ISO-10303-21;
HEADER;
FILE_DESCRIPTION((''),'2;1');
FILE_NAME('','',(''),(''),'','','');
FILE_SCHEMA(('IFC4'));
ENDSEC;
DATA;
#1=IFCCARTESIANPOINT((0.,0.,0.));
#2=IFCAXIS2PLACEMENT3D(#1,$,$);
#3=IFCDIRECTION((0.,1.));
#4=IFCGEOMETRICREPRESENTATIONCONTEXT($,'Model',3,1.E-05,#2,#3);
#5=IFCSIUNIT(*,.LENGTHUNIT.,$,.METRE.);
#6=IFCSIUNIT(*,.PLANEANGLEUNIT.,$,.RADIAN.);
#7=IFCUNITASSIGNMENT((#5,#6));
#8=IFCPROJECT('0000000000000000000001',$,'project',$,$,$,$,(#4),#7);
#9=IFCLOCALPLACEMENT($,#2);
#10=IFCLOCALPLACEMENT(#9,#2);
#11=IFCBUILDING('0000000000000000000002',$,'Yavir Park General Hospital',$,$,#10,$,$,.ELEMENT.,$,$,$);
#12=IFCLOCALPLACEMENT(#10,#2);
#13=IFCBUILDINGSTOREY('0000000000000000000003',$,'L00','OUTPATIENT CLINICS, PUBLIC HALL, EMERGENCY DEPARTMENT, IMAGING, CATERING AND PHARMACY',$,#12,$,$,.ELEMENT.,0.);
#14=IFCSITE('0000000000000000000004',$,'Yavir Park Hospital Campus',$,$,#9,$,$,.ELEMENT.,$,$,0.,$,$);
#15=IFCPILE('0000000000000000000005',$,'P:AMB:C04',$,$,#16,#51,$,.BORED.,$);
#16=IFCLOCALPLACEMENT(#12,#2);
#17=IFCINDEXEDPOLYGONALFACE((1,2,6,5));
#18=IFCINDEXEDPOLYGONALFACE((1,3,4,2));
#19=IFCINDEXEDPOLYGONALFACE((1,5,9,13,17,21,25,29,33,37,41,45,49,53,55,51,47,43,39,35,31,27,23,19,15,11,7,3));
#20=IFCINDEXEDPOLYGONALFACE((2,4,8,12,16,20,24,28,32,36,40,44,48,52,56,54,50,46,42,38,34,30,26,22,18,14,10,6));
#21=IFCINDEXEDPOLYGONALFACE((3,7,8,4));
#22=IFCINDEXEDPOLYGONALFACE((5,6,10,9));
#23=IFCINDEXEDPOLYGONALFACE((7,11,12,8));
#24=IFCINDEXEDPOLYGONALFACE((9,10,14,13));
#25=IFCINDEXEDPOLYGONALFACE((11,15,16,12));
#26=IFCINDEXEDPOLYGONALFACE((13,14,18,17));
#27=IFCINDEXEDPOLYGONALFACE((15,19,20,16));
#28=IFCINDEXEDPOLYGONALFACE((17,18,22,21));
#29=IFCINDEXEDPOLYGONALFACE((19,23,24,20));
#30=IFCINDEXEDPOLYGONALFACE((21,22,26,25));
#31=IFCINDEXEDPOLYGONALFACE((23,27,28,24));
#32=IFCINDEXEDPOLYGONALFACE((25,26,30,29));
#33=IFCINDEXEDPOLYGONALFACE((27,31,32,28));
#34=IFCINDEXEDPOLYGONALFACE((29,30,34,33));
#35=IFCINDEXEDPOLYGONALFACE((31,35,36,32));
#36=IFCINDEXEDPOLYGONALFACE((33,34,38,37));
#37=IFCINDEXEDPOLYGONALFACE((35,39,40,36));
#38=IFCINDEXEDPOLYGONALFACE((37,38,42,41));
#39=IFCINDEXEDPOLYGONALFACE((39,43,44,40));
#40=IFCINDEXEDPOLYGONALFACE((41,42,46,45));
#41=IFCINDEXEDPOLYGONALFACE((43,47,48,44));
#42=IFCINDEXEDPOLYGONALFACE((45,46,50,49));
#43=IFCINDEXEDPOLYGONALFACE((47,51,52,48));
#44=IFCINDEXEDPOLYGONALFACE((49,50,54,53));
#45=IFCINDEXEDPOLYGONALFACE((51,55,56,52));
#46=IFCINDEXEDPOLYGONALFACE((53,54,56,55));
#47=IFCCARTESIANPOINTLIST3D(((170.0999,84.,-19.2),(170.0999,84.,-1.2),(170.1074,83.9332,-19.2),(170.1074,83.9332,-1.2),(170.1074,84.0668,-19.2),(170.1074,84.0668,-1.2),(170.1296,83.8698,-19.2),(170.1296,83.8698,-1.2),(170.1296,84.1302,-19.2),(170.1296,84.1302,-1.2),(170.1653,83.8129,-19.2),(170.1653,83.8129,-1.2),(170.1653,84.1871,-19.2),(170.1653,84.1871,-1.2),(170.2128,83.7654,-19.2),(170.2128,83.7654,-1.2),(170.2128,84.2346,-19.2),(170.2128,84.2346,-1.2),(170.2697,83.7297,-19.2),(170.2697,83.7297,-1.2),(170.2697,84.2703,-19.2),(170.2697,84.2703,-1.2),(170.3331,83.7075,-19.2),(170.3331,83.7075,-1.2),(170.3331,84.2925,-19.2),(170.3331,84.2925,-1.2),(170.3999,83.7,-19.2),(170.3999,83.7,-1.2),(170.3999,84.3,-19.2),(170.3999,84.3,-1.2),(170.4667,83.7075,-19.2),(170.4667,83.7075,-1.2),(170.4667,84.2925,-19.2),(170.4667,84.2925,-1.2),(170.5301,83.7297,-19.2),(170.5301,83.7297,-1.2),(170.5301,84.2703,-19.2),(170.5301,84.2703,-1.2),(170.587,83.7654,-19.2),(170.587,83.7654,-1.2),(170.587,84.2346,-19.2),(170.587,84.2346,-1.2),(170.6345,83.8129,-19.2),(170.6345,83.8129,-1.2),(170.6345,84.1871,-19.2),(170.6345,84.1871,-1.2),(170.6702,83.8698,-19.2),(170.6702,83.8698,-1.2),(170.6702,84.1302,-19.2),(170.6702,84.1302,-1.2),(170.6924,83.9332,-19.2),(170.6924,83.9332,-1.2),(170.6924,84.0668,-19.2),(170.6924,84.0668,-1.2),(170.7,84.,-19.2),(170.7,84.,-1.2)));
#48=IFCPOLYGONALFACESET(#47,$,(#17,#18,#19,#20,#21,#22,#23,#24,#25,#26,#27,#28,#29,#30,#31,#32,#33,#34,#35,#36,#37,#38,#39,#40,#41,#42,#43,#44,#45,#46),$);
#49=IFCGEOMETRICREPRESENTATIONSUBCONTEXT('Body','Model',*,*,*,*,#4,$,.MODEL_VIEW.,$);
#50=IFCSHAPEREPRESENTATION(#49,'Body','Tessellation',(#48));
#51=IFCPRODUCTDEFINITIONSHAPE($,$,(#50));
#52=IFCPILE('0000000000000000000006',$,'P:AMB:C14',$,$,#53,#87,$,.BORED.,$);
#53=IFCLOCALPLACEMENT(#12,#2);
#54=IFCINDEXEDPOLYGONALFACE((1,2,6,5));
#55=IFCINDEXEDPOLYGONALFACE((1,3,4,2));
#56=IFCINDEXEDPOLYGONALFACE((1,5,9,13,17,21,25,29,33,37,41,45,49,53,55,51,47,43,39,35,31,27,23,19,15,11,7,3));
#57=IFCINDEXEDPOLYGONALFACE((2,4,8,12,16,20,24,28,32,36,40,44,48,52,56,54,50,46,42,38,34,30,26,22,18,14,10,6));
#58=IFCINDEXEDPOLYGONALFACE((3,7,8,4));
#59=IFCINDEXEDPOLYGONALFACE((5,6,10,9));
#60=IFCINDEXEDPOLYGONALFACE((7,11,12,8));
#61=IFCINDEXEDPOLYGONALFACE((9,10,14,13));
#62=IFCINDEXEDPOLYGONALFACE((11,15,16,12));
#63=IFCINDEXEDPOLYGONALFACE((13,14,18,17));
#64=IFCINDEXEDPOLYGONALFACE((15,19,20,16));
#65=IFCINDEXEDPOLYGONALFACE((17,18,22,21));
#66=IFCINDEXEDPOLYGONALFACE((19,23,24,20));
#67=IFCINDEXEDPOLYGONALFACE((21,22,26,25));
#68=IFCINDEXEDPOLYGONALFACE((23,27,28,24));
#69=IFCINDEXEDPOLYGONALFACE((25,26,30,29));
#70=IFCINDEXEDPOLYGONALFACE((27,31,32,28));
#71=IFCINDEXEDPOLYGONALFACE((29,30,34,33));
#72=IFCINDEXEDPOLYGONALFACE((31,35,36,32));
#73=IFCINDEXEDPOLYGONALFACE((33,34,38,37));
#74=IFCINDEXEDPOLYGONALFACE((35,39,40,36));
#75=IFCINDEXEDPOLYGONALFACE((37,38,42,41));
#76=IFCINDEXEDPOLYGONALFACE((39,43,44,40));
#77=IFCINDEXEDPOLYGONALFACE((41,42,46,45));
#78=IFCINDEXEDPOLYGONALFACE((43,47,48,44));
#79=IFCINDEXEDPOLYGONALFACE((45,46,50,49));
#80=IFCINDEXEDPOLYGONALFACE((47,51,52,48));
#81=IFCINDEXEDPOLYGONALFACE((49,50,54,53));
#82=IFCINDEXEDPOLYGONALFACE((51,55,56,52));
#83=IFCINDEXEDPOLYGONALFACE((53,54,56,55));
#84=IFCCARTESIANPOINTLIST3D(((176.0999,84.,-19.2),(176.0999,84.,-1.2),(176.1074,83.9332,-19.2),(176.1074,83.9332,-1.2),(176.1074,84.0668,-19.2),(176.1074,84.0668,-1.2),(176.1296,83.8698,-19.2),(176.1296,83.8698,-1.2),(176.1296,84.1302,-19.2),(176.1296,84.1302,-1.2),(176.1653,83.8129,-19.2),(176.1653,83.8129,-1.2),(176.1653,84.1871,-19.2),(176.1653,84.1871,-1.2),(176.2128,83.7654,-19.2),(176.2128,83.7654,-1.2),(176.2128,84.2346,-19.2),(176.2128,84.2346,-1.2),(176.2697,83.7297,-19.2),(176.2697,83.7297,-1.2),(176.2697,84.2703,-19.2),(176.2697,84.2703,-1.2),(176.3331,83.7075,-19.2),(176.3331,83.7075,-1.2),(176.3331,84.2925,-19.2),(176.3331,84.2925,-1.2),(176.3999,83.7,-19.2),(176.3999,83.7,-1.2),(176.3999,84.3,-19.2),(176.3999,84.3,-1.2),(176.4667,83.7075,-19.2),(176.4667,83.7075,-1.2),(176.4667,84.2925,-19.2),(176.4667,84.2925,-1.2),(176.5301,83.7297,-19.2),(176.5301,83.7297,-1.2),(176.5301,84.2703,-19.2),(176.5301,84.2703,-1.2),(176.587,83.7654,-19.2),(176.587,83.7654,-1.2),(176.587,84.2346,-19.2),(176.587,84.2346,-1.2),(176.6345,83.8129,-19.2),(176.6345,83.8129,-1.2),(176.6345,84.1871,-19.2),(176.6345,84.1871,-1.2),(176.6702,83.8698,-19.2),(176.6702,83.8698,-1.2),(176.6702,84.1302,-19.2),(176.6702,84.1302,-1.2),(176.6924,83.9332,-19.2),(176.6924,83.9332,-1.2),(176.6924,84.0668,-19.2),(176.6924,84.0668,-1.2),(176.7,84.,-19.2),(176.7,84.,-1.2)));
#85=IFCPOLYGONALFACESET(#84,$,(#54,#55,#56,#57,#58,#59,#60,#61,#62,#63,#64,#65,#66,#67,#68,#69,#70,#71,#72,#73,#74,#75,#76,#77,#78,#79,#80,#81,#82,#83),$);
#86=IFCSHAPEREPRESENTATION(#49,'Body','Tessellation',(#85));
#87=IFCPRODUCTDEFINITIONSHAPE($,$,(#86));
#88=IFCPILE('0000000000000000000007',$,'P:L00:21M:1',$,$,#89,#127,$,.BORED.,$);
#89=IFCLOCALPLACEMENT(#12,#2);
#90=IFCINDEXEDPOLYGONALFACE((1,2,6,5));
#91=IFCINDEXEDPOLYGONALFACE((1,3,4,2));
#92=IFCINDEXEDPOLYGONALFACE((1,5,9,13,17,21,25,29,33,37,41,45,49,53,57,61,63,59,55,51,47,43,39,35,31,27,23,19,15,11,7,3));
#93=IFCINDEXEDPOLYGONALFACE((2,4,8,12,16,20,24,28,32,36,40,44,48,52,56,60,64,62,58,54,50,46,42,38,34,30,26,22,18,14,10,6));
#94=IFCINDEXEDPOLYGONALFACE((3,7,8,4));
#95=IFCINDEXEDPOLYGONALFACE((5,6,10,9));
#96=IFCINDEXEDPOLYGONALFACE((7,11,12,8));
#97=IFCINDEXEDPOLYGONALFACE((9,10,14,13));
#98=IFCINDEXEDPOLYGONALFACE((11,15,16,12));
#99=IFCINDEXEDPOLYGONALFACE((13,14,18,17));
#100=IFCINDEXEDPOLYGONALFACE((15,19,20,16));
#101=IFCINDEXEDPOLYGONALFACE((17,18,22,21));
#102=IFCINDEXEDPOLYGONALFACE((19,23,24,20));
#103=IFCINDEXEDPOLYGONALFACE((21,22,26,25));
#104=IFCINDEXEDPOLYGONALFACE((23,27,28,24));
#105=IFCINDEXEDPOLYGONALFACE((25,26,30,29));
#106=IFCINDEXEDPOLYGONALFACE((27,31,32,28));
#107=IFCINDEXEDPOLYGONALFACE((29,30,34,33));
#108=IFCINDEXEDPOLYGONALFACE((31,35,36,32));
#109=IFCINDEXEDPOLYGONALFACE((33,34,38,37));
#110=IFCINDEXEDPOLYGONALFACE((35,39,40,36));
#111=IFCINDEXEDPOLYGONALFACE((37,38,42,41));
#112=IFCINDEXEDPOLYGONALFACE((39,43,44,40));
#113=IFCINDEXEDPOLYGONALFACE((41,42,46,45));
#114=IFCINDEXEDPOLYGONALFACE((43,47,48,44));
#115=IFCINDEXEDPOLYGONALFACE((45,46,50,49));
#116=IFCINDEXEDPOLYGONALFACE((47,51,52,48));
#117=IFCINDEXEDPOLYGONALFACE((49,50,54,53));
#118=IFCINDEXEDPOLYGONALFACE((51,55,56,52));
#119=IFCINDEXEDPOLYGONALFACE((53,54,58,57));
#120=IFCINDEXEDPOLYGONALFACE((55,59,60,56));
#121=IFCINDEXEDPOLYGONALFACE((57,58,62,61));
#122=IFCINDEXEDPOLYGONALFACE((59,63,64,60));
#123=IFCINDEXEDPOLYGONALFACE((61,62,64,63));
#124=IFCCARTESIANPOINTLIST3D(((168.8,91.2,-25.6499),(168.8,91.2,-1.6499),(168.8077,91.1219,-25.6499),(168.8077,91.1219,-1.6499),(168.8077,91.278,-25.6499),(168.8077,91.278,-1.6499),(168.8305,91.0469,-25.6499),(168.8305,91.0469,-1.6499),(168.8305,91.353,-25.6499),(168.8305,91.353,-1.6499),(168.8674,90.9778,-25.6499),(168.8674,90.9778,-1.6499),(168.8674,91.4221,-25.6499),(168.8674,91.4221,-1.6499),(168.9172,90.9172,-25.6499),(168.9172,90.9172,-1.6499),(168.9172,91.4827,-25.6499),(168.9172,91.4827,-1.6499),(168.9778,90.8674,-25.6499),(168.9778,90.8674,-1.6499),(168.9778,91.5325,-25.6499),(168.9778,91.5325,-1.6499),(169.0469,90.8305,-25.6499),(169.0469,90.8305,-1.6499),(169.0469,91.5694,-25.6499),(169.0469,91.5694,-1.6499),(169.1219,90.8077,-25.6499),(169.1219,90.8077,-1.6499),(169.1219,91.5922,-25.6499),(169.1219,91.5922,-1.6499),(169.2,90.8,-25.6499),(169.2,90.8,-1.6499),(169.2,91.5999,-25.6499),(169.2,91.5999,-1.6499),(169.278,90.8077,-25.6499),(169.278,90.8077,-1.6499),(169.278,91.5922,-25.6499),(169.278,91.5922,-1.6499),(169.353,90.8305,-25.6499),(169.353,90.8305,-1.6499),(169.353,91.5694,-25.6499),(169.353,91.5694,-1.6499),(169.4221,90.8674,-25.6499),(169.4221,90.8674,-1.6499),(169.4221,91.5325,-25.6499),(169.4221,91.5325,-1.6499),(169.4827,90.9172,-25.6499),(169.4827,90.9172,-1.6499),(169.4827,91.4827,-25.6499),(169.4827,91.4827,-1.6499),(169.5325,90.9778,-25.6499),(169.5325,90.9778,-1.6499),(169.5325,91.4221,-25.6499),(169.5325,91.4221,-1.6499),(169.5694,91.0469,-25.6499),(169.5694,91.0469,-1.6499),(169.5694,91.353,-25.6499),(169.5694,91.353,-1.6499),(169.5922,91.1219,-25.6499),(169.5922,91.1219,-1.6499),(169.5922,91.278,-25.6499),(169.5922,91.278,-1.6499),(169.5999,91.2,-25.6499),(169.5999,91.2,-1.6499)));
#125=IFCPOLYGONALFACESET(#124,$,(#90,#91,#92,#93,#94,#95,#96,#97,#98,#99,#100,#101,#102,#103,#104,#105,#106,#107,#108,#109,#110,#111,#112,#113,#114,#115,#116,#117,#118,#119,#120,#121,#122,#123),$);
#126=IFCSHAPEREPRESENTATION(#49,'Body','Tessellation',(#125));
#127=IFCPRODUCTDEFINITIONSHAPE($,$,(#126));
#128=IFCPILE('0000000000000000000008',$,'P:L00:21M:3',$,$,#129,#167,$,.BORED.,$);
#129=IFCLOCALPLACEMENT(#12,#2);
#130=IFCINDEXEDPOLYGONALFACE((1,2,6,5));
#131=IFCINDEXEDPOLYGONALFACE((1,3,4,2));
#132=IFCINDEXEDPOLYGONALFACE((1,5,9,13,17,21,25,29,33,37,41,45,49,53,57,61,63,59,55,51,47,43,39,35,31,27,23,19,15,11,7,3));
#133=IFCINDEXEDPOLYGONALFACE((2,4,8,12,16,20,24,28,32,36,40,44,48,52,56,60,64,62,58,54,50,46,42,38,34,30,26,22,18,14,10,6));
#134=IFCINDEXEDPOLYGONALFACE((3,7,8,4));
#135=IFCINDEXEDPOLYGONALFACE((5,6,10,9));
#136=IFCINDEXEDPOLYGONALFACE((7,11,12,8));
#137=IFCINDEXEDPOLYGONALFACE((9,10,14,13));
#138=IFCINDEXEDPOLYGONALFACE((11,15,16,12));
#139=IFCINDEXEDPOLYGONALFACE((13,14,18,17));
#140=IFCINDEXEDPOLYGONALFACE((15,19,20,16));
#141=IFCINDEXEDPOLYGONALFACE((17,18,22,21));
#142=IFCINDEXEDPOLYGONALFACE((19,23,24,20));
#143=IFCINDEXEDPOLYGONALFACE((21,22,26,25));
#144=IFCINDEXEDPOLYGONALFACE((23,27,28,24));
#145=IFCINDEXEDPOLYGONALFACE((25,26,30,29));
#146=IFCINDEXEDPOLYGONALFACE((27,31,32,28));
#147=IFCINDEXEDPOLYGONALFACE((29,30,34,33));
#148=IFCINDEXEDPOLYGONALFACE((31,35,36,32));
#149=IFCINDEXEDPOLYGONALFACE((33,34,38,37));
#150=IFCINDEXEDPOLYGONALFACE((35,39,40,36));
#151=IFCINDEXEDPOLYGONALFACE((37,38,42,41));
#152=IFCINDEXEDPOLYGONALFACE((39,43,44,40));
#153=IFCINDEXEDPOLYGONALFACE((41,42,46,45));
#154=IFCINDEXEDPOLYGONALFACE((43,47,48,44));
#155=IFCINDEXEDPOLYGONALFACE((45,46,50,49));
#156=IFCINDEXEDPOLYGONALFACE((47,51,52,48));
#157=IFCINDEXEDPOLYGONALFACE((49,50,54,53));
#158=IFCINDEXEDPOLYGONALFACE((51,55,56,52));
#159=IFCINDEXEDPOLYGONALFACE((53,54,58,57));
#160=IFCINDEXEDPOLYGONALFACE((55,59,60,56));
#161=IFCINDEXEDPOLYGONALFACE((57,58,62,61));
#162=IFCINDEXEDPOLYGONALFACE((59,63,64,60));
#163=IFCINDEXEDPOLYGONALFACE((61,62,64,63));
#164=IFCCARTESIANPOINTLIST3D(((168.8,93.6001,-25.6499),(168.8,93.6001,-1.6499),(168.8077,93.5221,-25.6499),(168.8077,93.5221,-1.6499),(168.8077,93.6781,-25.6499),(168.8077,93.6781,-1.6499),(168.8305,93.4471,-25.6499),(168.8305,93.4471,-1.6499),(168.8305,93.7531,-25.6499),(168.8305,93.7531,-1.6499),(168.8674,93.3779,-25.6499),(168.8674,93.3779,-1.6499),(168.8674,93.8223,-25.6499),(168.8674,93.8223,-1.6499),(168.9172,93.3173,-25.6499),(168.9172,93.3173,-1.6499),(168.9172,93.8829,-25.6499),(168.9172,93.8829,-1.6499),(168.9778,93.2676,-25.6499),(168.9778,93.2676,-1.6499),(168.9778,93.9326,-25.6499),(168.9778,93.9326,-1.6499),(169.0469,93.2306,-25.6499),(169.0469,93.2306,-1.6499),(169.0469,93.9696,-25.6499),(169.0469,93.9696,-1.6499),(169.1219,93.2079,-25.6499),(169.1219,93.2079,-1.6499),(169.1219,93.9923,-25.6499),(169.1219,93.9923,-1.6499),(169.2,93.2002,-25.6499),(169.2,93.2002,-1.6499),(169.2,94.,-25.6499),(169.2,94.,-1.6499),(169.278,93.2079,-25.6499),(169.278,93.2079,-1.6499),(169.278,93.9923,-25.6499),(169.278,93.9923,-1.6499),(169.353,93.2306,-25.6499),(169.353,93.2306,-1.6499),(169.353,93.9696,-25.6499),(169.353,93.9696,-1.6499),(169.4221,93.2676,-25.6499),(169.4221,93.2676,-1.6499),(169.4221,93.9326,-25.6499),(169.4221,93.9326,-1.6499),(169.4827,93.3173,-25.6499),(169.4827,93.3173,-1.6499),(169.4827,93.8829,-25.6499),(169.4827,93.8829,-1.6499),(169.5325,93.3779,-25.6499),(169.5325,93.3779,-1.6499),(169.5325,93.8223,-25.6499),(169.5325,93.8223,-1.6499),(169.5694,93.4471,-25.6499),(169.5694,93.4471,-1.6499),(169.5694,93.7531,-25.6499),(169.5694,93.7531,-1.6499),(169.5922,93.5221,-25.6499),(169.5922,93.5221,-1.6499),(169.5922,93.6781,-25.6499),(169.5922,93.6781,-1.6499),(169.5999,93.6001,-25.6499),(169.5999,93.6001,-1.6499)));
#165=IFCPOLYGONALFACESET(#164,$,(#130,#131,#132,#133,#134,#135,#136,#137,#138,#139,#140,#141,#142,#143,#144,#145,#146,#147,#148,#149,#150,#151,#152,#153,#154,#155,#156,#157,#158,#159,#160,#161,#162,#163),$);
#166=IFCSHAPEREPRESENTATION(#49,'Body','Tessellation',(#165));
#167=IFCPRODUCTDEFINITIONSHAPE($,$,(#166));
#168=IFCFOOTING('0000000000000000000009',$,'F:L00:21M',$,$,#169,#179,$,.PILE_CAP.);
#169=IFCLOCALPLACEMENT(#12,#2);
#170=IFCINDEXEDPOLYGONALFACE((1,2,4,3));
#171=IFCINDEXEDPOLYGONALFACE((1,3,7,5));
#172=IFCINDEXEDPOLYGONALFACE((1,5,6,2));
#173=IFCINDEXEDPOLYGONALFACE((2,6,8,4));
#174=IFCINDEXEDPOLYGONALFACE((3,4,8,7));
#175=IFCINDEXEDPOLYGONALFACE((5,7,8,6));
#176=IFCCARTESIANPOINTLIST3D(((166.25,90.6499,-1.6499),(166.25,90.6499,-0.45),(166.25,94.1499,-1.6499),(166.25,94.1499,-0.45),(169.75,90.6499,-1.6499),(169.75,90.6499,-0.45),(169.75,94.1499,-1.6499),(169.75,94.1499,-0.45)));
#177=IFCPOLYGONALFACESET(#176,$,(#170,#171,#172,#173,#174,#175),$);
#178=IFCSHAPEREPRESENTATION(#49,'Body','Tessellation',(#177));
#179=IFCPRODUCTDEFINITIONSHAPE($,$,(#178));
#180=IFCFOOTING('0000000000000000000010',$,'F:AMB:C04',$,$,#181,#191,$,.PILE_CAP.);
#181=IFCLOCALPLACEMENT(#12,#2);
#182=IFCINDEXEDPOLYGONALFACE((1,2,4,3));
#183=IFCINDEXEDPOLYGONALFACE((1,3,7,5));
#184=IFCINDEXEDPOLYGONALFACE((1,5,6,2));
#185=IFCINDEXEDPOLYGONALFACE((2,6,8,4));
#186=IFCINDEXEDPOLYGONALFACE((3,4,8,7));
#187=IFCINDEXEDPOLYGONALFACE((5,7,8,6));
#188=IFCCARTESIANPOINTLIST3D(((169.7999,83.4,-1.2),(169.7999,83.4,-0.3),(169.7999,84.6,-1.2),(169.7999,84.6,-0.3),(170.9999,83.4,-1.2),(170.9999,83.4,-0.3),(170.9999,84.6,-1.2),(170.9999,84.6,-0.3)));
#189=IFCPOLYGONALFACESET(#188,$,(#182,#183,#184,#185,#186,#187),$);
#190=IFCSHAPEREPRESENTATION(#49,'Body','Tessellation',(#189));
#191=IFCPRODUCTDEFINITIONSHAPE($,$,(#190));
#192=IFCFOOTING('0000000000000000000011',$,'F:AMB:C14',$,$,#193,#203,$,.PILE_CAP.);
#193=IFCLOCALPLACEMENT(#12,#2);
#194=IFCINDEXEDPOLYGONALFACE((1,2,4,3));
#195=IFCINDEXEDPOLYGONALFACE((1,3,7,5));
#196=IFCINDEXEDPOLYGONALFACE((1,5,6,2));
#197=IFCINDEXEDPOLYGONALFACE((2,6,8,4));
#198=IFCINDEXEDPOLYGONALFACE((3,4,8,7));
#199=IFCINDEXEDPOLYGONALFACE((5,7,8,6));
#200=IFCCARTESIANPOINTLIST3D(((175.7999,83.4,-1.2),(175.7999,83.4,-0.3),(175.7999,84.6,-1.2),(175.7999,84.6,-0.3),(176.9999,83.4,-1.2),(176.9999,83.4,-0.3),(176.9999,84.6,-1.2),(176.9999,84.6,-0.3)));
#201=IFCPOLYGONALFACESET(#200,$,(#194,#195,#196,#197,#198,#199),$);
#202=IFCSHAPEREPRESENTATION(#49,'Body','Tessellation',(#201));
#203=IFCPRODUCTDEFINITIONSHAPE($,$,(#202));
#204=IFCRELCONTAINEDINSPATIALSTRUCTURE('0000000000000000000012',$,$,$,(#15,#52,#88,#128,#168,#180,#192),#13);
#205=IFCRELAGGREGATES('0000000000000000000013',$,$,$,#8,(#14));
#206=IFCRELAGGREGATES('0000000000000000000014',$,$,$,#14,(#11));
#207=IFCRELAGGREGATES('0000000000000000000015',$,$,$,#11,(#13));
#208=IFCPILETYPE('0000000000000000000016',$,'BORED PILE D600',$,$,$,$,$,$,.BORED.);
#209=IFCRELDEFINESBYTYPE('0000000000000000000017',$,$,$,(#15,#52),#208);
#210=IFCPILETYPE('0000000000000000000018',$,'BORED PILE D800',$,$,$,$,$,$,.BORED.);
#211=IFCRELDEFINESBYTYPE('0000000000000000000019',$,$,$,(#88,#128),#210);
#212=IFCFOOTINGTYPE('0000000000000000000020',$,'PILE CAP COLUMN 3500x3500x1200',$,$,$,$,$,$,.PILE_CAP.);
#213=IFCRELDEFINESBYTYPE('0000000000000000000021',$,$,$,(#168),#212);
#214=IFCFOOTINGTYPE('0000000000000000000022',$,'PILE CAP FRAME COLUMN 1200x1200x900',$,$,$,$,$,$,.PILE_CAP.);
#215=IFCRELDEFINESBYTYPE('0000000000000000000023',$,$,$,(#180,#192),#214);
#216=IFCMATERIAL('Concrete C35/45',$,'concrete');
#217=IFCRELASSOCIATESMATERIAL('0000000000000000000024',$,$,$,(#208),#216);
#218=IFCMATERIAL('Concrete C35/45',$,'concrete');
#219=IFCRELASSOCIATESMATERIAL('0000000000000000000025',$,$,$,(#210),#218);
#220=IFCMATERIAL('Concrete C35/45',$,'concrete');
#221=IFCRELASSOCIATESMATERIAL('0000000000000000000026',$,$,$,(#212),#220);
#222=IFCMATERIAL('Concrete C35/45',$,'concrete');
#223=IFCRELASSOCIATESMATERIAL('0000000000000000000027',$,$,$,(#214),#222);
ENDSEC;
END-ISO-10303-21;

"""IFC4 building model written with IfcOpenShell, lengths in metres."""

from ifc_helpers import new_model, si_unit, direction, frame, origin, origin_2d, place, context, subcontext, project, spatial, rectangle, circle, extrude, material, material_profile, profile_set, type_object, element, save


model = new_model("IFC4")

# Units and contexts
model_context = context("Model", 3, precision=1e-05, world=origin(), true_north=direction((0.0, 1.0)))
body_context = subcontext(model_context, "Body", "Model", "MODEL_VIEW")
ifc_project = project(units=[si_unit("LENGTHUNIT", "METRE"), si_unit("PLANEANGLEUNIT", "RADIAN")], contexts=[model_context])

# Site, building, storey
site_placement = place(None, origin())
site = spatial("IfcSite", under=ifc_project, at=site_placement, Name="Yavir Park Hospital Campus", CompositionType="ELEMENT", RefElevation=0.0)
building_placement = place(site_placement, origin())
building = spatial("IfcBuilding", under=site, at=building_placement, Name="Yavir Park General Hospital", CompositionType="ELEMENT")
storey_placement = place(building_placement, origin())
storey = spatial("IfcBuildingStorey", under=building, at=storey_placement, Name="L00", Description="OUTPATIENT CLINICS, PUBLIC HALL, EMERGENCY DEPARTMENT, IMAGING, CATERING AND PHARMACY", CompositionType="ELEMENT", Elevation=0.0)

# Piles
ifc_material_1 = material(Name="Concrete C35/45", Category="concrete")
ifc_material_profile_1 = material_profile(ifc_material_1, circle(Radius=0.3, at=origin_2d()), Name="D600")
ifc_profile_set_1 = profile_set([ifc_material_profile_1], Name="Concrete C35/45")
pile_type_1 = type_object("IfcPileType", Name="BORED PILE D600", PredefinedType="BORED", material=ifc_profile_set_1)
for number, where, z_axis, x_axis, name in (
    (1, (170.3999, 84.0, -1.2), (0.0, 0.0, -1.0), (1.0, 0.0, 0.0), "P:AMB:C04"),
    (2, (176.3999, 84.0, -1.2), (0.0, 0.0, -1.0), (1.0, 0.0, 0.0), "P:AMB:C14"),
):
    element("IfcPile", number, at=place(storey_placement, frame(where, z_axis=z_axis, x_axis=x_axis)), inside=storey, type_object=pile_type_1, Name=name, PredefinedType="BORED", context=body_context, shape_type="SweptSolid", body=[
        extrude(circle(Radius=0.3, at=origin_2d()), origin(), (0.0, 0.0, 1.0), 18.0),
    ])
ifc_material_2 = material(Name="Concrete C35/45", Category="concrete")
ifc_material_profile_2 = material_profile(ifc_material_2, circle(Radius=0.3999, at=origin_2d()), Name="D800")
ifc_profile_set_2 = profile_set([ifc_material_profile_2], Name="Concrete C35/45")
pile_type_2 = type_object("IfcPileType", Name="BORED PILE D800", PredefinedType="BORED", material=ifc_profile_set_2)
for number, where, z_axis, x_axis, name in (
    (3, (169.2, 91.2, -1.6499), (0.0, 0.0, -1.0), (1.0, 0.0, 0.0), "P:L00:21M:1"),
    (4, (169.2, 93.6001, -1.6499), (0.0, 0.0, -1.0), (1.0, 0.0, 0.0), "P:L00:21M:3"),
):
    element("IfcPile", number, at=place(storey_placement, frame(where, z_axis=z_axis, x_axis=x_axis)), inside=storey, type_object=pile_type_2, Name=name, PredefinedType="BORED", context=body_context, shape_type="SweptSolid", body=[
        extrude(circle(Radius=0.3999, at=origin_2d()), origin(), (0.0, 0.0, 1.0), 24.0),
    ])

# Footings
ifc_material_3 = material(Name="Concrete C35/45", Category="concrete")
footing_type_1 = type_object("IfcFootingType", Name="PILE CAP COLUMN 3500x3500x1200", PredefinedType="PILE_CAP", material=ifc_material_3)
footing_placement = place(storey_placement, frame((168.0, 92.3999, -1.6499), z_axis=(0.0, 0.0, 1.0), x_axis=(1.0, 0.0, 0.0)))
element("IfcFooting", 5, at=footing_placement, inside=storey, type_object=footing_type_1, Name="F:L00:21M", PredefinedType="PILE_CAP", context=body_context, shape_type="SweptSolid", body=[
    extrude(rectangle(XDim=3.5, YDim=3.5, at=origin_2d()), origin(), (0.0, 0.0, 1.0), 1.2),
])
ifc_material_4 = material(Name="Concrete C35/45", Category="concrete")
footing_type_2 = type_object("IfcFootingType", Name="PILE CAP FRAME COLUMN 1200x1200x900", PredefinedType="PILE_CAP", material=ifc_material_4)
for number, where, z_axis, x_axis, name in (
    (6, (170.3999, 84.0, -1.2), (0.0, 0.0, 1.0), (1.0, 0.0, 0.0), "F:AMB:C04"),
    (7, (176.3999, 84.0, -1.2), (0.0, 0.0, 1.0), (1.0, 0.0, 0.0), "F:AMB:C14"),
):
    element("IfcFooting", number, at=place(storey_placement, frame(where, z_axis=z_axis, x_axis=x_axis)), inside=storey, type_object=footing_type_2, Name=name, PredefinedType="PILE_CAP", context=body_context, shape_type="SweptSolid", body=[
        extrude(rectangle(XDim=1.2, YDim=1.2, at=origin_2d()), origin(), (0.0, 0.0, 1.0), 0.8999),
    ])

save(model, "model.ifc")
